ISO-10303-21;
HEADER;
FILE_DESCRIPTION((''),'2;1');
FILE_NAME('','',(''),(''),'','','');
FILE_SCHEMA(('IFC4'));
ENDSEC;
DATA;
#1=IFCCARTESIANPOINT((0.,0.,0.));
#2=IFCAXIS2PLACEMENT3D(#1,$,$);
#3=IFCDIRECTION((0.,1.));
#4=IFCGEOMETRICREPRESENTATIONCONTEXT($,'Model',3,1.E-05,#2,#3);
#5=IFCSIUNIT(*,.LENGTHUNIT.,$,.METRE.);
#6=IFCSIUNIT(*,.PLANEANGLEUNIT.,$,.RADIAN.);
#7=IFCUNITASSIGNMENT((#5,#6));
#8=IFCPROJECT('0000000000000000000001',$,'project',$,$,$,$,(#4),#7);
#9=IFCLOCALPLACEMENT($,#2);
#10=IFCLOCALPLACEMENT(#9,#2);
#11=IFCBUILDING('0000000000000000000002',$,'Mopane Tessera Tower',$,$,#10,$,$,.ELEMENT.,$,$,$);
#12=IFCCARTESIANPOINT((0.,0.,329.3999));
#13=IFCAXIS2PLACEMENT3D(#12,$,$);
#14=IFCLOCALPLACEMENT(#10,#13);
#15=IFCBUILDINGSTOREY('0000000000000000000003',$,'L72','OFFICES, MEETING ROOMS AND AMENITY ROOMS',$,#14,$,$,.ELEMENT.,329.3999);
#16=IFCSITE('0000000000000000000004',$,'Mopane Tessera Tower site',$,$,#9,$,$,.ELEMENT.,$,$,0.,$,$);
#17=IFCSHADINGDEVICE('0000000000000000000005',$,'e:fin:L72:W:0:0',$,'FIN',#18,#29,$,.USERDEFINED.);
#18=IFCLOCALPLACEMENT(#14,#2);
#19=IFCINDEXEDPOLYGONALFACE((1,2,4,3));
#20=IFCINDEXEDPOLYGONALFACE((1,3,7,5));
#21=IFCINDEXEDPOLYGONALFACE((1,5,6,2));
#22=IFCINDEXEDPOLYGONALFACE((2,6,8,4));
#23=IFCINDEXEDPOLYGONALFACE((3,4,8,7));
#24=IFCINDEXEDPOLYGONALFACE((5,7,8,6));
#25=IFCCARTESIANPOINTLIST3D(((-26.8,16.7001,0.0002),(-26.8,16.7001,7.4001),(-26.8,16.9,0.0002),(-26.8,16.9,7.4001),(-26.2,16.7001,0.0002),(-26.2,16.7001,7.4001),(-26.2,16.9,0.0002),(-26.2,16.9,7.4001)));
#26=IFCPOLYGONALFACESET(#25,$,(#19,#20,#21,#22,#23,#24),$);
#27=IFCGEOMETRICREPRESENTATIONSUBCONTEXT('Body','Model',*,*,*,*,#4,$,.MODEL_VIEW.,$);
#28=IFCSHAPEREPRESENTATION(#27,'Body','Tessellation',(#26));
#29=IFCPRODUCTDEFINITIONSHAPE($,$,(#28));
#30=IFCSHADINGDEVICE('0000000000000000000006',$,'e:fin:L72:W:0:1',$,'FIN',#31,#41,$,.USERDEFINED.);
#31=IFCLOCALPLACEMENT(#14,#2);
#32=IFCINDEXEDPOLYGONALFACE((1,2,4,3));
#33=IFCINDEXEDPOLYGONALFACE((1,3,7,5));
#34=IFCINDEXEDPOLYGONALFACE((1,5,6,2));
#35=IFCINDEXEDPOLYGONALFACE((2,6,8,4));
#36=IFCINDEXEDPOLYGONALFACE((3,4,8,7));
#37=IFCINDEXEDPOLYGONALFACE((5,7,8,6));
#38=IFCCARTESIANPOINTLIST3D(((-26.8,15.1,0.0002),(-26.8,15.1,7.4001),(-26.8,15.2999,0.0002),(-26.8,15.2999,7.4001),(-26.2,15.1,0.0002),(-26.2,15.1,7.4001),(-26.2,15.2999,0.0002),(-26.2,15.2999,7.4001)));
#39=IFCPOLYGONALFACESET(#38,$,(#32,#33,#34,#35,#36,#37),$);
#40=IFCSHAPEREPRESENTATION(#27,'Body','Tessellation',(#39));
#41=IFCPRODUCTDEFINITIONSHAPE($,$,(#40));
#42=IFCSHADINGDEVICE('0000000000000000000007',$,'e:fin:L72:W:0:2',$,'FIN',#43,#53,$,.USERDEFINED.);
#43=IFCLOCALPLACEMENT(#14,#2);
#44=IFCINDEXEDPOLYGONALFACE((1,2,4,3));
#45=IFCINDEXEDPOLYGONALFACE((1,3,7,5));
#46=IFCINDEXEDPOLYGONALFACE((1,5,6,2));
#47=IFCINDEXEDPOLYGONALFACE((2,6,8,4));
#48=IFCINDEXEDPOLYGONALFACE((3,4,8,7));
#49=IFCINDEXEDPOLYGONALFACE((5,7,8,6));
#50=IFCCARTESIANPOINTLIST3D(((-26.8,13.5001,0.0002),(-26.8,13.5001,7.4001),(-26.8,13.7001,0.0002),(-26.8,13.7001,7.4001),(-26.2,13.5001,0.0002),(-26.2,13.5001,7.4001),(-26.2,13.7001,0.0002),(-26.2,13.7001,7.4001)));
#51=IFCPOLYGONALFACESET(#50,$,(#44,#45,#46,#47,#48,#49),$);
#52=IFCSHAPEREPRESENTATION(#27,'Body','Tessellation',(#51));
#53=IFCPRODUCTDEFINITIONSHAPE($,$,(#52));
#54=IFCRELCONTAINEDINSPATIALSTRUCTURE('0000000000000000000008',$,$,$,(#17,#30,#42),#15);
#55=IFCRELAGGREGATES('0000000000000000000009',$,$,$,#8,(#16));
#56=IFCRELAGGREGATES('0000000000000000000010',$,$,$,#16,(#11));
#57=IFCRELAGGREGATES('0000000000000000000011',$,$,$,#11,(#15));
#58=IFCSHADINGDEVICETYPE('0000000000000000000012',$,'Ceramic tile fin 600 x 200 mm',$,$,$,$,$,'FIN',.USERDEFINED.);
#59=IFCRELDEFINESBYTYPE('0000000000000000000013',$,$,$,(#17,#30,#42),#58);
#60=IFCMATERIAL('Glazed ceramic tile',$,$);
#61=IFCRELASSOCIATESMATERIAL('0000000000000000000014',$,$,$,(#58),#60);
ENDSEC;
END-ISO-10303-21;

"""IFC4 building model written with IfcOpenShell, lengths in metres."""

from ifc_helpers import new_model, si_unit, direction, frame, origin, origin_2d, place, context, subcontext, project, spatial, rectangle, extrude, material, type_object, element, save


model = new_model("IFC4")

# Units and contexts
model_context = context("Model", 3, precision=1e-05, world=origin(), true_north=direction((0.0, 1.0)))
body_context = subcontext(model_context, "Body", "Model", "MODEL_VIEW")
ifc_project = project(units=[si_unit("LENGTHUNIT", "METRE"), si_unit("PLANEANGLEUNIT", "RADIAN")], contexts=[model_context])

# Site, building, storey
site_placement = place(None, origin())
site = spatial("IfcSite", under=ifc_project, at=site_placement, Name="Mopane Tessera Tower site", CompositionType="ELEMENT", RefElevation=0.0)
building_placement = place(site_placement, origin())
building = spatial("IfcBuilding", under=site, at=building_placement, Name="Mopane Tessera Tower", CompositionType="ELEMENT")
storey_placement = place(building_placement, frame((0.0, 0.0, 329.3999)))
storey = spatial("IfcBuildingStorey", under=building, at=storey_placement, Name="L72", Description="OFFICES, MEETING ROOMS AND AMENITY ROOMS", CompositionType="ELEMENT", Elevation=329.3999)

# Shading devices
ifc_material_1 = material(Name="Glazed ceramic tile")
shading_device_type = type_object("IfcShadingDeviceType", Name="Ceramic tile fin 600 x 200 mm", ElementType="FIN", PredefinedType="USERDEFINED", material=ifc_material_1)
for number, where, z_axis, x_axis, name in (
    (1, (-26.5, 16.8, 0.0002), (0.0, 0.0, 1.0), (0.0, -1.0, 0.0), "e:fin:L72:W:0:0"),
    (2, (-26.5, 15.2, 0.0002), (0.0, 0.0, 1.0), (0.0, -1.0, 0.0), "e:fin:L72:W:0:1"),
    (3, (-26.5, 13.6001, 0.0002), (0.0, 0.0, 1.0), (0.0, -1.0, 0.0), "e:fin:L72:W:0:2"),
):
    element("IfcShadingDevice", number, at=place(storey_placement, frame(where, z_axis=z_axis, x_axis=x_axis)), inside=storey, type_object=shading_device_type, Name=name, ObjectType="FIN", PredefinedType="USERDEFINED", context=body_context, shape_type="SweptSolid", body=[
        extrude(rectangle(XDim=0.2, YDim=0.6001, at=origin_2d()), origin(), (0.0, 0.0, 1.0), 7.3999),
    ])

save(model, "model.ifc")
